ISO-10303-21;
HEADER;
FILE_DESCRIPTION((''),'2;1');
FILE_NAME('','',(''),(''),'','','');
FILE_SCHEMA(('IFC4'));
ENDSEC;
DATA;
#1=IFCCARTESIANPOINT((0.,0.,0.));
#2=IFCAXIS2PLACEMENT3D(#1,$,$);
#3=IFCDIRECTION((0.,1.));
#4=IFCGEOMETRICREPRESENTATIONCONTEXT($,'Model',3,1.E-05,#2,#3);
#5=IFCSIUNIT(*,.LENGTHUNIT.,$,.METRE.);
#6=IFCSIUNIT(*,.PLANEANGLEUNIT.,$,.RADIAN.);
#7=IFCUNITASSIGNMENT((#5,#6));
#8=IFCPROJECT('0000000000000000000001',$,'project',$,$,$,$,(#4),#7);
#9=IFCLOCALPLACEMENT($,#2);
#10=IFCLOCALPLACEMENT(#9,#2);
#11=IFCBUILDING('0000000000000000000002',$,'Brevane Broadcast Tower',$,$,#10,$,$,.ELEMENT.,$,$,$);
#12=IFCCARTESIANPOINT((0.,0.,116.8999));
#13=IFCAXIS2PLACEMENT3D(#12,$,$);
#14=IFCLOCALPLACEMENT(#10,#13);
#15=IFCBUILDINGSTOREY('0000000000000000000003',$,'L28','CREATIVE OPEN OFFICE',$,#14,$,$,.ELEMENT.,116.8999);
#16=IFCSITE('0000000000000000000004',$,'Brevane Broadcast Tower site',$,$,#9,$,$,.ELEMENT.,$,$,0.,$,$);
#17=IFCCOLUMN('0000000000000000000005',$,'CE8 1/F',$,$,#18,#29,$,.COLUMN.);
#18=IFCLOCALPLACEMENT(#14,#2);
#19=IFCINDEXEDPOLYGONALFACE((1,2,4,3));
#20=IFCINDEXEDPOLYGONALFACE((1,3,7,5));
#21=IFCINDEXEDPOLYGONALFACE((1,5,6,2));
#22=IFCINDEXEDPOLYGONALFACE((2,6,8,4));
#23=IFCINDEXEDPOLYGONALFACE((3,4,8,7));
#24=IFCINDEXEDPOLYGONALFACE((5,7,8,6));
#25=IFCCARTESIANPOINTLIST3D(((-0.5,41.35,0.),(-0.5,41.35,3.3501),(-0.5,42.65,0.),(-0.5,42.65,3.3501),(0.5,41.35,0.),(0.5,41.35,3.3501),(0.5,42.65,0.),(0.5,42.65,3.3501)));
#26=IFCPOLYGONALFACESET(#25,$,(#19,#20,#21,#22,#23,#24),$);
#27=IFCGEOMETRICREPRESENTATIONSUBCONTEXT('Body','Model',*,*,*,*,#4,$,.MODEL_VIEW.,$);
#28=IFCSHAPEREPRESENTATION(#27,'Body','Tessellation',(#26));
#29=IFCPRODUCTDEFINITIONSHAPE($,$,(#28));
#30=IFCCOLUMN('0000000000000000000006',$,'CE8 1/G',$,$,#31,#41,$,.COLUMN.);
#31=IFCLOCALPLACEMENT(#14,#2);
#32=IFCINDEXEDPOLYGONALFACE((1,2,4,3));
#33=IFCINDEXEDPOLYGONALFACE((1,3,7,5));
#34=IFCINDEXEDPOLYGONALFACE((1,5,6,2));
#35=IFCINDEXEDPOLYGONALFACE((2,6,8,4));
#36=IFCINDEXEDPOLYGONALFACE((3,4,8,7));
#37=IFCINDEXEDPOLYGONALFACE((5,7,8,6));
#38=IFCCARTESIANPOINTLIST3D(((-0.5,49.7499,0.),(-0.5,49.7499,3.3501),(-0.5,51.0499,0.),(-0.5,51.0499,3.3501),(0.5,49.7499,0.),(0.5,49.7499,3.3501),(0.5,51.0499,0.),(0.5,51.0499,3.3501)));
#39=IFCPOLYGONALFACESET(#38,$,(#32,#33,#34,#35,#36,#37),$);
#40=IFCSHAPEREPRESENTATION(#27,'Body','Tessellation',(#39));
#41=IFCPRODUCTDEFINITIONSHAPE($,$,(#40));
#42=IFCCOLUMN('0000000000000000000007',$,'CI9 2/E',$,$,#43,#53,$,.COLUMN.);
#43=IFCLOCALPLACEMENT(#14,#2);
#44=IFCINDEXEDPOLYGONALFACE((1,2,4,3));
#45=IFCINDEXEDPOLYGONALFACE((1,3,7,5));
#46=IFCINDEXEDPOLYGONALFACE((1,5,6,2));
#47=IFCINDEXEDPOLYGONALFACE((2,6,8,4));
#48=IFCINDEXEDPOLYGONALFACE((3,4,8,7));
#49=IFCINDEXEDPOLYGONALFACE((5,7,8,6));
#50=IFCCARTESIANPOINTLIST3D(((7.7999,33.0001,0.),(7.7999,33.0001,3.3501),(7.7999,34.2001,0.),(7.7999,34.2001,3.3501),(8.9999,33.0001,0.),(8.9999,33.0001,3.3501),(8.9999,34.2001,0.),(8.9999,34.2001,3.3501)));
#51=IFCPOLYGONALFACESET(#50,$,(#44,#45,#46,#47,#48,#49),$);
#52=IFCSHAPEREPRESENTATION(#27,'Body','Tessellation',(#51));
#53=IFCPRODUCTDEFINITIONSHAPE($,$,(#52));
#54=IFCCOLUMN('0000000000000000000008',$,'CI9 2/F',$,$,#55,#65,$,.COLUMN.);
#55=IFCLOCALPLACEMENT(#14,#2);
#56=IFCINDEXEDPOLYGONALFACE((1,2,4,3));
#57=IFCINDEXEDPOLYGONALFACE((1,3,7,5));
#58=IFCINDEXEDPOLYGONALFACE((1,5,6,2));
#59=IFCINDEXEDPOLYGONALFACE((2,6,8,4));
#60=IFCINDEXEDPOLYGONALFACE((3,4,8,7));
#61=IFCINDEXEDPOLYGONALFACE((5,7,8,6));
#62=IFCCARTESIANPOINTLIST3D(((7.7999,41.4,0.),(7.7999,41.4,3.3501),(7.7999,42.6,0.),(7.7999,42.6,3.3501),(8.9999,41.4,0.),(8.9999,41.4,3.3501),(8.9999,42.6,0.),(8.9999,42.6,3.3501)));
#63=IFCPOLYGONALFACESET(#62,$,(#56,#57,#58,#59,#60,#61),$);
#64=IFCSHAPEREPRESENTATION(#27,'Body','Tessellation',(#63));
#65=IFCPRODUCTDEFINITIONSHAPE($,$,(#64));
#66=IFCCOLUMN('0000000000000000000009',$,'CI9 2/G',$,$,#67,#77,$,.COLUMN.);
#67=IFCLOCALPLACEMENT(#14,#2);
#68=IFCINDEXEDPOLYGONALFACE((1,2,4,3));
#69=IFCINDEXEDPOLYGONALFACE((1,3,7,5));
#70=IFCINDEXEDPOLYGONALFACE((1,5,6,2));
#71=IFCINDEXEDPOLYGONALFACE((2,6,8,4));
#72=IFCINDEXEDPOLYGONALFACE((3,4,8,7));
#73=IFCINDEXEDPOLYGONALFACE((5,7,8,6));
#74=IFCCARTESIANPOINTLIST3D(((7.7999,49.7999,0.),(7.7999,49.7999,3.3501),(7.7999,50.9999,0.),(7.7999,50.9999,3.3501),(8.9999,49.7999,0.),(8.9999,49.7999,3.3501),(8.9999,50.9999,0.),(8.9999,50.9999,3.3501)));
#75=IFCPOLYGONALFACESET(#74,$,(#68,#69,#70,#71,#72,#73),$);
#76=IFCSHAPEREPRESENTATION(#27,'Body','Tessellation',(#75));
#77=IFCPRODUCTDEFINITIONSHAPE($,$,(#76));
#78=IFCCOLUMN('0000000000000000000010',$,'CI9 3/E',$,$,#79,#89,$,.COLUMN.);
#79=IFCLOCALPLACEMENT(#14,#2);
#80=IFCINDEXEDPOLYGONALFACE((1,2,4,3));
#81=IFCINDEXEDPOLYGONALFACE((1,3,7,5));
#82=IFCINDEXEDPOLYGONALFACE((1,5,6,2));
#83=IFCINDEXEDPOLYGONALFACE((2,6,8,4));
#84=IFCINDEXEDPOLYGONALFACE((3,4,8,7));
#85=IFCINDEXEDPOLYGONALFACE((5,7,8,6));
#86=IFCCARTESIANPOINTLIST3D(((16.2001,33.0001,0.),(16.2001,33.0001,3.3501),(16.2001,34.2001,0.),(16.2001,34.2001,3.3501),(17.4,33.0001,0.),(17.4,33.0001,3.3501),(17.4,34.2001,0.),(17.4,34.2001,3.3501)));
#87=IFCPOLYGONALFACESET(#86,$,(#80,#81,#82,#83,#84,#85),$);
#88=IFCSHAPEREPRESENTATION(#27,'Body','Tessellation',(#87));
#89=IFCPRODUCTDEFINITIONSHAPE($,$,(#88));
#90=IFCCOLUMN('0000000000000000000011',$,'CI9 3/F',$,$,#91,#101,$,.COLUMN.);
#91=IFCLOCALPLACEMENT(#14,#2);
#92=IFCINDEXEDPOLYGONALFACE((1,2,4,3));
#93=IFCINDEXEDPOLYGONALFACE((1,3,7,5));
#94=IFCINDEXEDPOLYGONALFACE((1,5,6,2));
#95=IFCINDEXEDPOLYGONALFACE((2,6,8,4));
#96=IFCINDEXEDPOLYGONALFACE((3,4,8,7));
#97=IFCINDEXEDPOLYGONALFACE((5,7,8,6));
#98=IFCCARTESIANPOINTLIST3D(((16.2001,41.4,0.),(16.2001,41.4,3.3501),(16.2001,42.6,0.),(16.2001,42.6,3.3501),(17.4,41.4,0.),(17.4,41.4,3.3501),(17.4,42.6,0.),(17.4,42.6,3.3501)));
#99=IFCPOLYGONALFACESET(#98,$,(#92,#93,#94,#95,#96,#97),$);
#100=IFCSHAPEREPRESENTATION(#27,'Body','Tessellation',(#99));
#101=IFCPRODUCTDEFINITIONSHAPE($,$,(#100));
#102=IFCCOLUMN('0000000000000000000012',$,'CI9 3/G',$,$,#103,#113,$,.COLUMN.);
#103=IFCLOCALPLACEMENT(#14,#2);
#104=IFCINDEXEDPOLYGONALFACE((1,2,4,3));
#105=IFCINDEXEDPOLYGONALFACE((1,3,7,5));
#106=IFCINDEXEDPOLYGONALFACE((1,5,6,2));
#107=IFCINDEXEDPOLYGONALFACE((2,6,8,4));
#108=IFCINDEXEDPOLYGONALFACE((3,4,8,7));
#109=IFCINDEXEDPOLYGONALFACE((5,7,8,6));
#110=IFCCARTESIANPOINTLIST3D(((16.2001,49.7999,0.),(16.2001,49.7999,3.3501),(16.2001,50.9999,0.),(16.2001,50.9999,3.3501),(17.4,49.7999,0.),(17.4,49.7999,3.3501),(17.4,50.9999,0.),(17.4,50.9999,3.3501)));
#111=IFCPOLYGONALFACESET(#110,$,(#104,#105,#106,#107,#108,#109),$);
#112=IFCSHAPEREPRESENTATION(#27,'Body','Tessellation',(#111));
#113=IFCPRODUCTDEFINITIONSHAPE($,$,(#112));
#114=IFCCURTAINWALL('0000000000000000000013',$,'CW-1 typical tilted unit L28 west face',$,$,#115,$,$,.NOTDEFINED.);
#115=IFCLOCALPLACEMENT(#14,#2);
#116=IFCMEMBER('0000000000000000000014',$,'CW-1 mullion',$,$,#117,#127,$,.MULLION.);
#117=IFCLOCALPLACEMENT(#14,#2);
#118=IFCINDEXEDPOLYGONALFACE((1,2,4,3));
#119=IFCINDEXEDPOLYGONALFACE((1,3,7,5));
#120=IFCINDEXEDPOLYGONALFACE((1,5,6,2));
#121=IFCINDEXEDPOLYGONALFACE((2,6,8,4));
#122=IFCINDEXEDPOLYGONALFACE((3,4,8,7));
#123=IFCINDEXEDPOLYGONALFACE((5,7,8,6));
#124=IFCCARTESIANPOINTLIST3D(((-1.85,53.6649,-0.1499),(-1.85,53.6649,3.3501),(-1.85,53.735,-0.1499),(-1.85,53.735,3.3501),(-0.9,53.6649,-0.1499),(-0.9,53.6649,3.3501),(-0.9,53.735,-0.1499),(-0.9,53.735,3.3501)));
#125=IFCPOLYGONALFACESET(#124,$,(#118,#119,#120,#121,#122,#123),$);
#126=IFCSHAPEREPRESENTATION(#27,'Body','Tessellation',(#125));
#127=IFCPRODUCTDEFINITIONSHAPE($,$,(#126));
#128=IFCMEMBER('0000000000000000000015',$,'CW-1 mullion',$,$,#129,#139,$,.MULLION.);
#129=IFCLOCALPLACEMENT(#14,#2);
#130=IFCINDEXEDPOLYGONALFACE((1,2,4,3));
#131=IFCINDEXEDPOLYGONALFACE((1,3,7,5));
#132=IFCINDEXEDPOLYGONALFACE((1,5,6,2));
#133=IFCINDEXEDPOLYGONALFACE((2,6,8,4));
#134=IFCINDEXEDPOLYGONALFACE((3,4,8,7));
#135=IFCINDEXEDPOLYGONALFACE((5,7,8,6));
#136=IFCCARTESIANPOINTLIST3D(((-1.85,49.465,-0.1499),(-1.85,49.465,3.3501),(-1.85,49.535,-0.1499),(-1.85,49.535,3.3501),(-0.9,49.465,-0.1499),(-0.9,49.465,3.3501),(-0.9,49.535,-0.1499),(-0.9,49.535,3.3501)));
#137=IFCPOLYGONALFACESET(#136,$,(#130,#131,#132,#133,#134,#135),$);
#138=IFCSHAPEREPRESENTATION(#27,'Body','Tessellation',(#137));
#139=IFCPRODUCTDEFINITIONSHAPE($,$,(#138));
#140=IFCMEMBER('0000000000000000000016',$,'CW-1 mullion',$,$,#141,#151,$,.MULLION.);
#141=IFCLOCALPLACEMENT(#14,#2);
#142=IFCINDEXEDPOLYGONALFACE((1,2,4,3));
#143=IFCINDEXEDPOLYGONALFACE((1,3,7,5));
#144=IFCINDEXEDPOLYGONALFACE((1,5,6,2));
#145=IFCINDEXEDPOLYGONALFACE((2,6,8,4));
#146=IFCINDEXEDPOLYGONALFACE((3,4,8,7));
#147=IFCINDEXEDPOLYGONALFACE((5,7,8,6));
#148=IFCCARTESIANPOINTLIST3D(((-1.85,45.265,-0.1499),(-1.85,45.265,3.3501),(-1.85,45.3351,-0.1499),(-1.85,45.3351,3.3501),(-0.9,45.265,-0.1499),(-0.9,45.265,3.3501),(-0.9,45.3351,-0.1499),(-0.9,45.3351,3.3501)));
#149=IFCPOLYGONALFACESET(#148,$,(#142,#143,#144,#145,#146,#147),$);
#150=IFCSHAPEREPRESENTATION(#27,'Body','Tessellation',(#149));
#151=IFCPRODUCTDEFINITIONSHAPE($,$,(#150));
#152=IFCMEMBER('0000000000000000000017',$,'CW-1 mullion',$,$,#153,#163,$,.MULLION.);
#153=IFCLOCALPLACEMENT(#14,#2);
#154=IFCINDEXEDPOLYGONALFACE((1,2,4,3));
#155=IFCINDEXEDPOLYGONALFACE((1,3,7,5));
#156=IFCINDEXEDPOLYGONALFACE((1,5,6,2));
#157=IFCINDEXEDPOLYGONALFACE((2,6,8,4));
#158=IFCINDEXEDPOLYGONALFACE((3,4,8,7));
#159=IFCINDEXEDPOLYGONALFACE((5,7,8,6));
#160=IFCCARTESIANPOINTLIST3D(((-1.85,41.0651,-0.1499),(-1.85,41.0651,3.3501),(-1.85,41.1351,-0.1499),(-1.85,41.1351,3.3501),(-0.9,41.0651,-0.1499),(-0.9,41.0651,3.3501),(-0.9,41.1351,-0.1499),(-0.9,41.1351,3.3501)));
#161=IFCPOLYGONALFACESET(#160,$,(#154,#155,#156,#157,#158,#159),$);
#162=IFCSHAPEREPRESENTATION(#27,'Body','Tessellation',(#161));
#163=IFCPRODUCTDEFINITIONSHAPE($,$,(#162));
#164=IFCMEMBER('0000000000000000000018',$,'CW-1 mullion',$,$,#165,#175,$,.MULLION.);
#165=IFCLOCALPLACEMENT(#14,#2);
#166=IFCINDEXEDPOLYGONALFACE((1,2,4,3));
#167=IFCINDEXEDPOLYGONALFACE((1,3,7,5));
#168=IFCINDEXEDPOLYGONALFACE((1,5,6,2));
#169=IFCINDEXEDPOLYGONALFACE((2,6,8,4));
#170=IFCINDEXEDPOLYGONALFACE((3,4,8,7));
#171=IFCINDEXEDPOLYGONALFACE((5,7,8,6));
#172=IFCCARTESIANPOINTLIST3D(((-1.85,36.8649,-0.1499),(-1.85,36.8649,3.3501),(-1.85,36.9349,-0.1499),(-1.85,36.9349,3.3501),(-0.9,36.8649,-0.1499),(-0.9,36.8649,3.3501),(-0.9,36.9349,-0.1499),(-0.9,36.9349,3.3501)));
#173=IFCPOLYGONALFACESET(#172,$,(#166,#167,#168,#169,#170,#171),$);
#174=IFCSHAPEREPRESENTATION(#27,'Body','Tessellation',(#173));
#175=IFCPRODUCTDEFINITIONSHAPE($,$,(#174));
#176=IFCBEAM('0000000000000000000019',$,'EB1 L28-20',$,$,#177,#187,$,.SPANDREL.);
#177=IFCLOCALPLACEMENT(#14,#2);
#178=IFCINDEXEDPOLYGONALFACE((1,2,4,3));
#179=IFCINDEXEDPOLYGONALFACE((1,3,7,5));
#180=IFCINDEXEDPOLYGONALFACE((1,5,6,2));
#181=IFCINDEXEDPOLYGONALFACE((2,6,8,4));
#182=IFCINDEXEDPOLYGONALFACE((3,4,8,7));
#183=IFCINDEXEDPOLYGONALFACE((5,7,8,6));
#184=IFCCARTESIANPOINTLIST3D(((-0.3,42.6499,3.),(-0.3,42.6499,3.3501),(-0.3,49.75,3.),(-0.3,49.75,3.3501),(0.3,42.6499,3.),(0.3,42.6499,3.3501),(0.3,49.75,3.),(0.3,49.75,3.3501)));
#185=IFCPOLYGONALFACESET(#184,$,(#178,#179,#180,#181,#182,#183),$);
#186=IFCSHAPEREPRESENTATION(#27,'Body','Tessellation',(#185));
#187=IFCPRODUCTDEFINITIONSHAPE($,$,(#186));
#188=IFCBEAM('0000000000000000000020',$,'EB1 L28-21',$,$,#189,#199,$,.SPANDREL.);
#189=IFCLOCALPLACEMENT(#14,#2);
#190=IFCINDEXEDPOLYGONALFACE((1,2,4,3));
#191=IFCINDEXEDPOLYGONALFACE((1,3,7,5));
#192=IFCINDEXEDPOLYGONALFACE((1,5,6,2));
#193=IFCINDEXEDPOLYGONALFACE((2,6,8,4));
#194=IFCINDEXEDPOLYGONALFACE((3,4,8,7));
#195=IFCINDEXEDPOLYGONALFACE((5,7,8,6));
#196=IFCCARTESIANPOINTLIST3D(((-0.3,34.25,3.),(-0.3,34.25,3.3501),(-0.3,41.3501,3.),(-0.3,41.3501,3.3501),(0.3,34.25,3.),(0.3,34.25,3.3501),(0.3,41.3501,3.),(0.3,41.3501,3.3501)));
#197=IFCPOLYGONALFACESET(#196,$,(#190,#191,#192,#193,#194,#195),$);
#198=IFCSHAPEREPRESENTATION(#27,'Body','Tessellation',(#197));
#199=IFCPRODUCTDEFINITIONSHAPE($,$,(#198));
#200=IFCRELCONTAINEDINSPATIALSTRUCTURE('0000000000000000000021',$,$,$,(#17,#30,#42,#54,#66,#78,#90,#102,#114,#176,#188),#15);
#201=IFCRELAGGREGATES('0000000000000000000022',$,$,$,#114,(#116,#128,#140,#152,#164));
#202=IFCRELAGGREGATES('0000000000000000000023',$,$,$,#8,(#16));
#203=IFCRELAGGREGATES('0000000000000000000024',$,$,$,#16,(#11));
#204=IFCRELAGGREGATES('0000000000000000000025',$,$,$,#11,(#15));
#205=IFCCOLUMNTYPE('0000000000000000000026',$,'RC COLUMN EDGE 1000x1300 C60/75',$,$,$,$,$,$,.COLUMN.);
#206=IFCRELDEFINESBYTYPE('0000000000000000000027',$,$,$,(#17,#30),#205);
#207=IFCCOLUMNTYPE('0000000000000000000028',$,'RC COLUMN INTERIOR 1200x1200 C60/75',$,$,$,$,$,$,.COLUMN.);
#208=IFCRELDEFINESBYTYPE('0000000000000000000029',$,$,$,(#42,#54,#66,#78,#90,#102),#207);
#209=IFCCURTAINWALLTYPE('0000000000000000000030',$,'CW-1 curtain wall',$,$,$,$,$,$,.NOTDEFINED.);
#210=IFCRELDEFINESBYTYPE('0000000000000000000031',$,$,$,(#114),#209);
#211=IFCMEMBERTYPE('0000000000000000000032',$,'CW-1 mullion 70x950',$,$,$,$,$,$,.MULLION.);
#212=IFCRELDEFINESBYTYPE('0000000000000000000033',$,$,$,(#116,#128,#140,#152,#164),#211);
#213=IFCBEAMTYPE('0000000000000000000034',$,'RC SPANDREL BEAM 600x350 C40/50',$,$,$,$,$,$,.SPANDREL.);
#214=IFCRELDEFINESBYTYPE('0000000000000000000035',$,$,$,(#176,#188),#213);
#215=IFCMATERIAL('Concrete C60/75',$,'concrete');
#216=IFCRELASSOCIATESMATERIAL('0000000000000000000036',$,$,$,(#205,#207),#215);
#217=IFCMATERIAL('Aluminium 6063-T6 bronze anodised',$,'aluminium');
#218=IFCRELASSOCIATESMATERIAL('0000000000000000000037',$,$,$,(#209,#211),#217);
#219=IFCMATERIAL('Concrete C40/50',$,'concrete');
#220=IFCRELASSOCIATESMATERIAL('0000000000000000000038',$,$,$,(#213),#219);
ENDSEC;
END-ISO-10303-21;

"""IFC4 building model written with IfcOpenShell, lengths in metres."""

from ifc_helpers import new_model, si_unit, direction, frame, origin, origin_2d, place, context, subcontext, project, spatial, rectangle, extrude, material, material_profile, profile_set, type_object, element, aggregate, save


model = new_model("IFC4")

# Units and contexts
model_context = context("Model", 3, precision=1e-05, world=origin(), true_north=direction((0.0, 1.0)))
body_context = subcontext(model_context, "Body", "Model", "MODEL_VIEW")
ifc_project = project(units=[si_unit("LENGTHUNIT", "METRE"), si_unit("PLANEANGLEUNIT", "RADIAN")], contexts=[model_context])

# Site, building, storey
site_placement = place(None, origin())
site = spatial("IfcSite", under=ifc_project, at=site_placement, Name="Brevane Broadcast Tower site", CompositionType="ELEMENT", RefElevation=0.0)
building_placement = place(site_placement, origin())
building = spatial("IfcBuilding", under=site, at=building_placement, Name="Brevane Broadcast Tower", CompositionType="ELEMENT")
storey_placement = place(building_placement, frame((0.0, 0.0, 116.8999)))
storey = spatial("IfcBuildingStorey", under=building, at=storey_placement, Name="L28", Description="CREATIVE OPEN OFFICE", CompositionType="ELEMENT", Elevation=116.8999)

# Columns
ifc_material_1 = material(Name="Concrete C60/75", Category="concrete")
ifc_material_profile_1 = material_profile(ifc_material_1, rectangle(XDim=1.0, YDim=1.3, at=origin_2d()), Name="RC 1000x1300")
ifc_profile_set_1 = profile_set([ifc_material_profile_1], Name="Concrete C60/75")
column_type_1 = type_object("IfcColumnType", Name="RC COLUMN EDGE 1000x1300 C60/75", PredefinedType="COLUMN", material=ifc_profile_set_1)
for number, where, z_axis, x_axis, name in (
    (1, (0.0, 42.0, 0.0), (0.0, 0.0, 1.0), (1.0, 0.0, 0.0), "CE8 1/F"),
    (2, (0.0, 50.3999, 0.0), (0.0, 0.0, 1.0), (1.0, 0.0, 0.0), "CE8 1/G"),
):
    element("IfcColumn", number, at=place(storey_placement, frame(where, z_axis=z_axis, x_axis=x_axis)), inside=storey, type_object=column_type_1, Name=name, PredefinedType="COLUMN", context=body_context, shape_type="SweptSolid", body=[
        extrude(rectangle(XDim=1.0, YDim=1.3, at=origin_2d()), origin(), (0.0, 0.0, 1.0), 3.3501),
    ])
ifc_material_profile_2 = material_profile(ifc_material_1, rectangle(XDim=1.2, YDim=1.2, at=origin_2d()), Name="RC 1200x1200")
ifc_profile_set_2 = profile_set([ifc_material_profile_2], Name="Concrete C60/75")
column_type_2 = type_object("IfcColumnType", Name="RC COLUMN INTERIOR 1200x1200 C60/75", PredefinedType="COLUMN", material=ifc_profile_set_2)
for number, where, z_axis, x_axis, name in (
    (3, (8.3999, 33.6001, 0.0), (0.0, 0.0, 1.0), (1.0, 0.0, 0.0), "CI9 2/E"),
    (4, (8.3999, 42.0, 0.0), (0.0, 0.0, 1.0), (1.0, 0.0, 0.0), "CI9 2/F"),
    (5, (8.3999, 50.3999, 0.0), (0.0, 0.0, 1.0), (1.0, 0.0, 0.0), "CI9 2/G"),
    (6, (16.8, 33.6001, 0.0), (0.0, 0.0, 1.0), (1.0, 0.0, 0.0), "CI9 3/E"),
    (7, (16.8, 42.0, 0.0), (0.0, 0.0, 1.0), (1.0, 0.0, 0.0), "CI9 3/F"),
    (8, (16.8, 50.3999, 0.0), (0.0, 0.0, 1.0), (1.0, 0.0, 0.0), "CI9 3/G"),
):
    element("IfcColumn", number, at=place(storey_placement, frame(where, z_axis=z_axis, x_axis=x_axis)), inside=storey, type_object=column_type_2, Name=name, PredefinedType="COLUMN", context=body_context, shape_type="SweptSolid", body=[
        extrude(rectangle(XDim=1.2, YDim=1.2, at=origin_2d()), origin(), (0.0, 0.0, 1.0), 3.3501),
    ])

# Curtain wall, members
ifc_material_2 = material(Name="Aluminium 6063-T6 bronze anodised", Category="aluminium")
curtain_wall_type = type_object("IfcCurtainWallType", Name="CW-1 curtain wall", PredefinedType="NOTDEFINED", material=ifc_material_2)
curtain_wall_placement = place(storey_placement, origin())
curtain_wall = element("IfcCurtainWall", 9, at=curtain_wall_placement, inside=storey, type_object=curtain_wall_type, Name="CW-1 typical tilted unit L28 west face", PredefinedType="NOTDEFINED")
ifc_material_profile_3 = material_profile(ifc_material_2, rectangle(XDim=0.95, YDim=0.0701, at=origin_2d()), Name="RECT 70x950")
ifc_profile_set_3 = profile_set([ifc_material_profile_3], Name="Aluminium 6063-T6 bronze anodised")
member_type = type_object("IfcMemberType", Name="CW-1 mullion 70x950", PredefinedType="MULLION", material=ifc_profile_set_3)
member_1_placement = place(storey_placement, frame((-1.375, 53.7, -0.1499), z_axis=(0.0, 0.0, 1.0), x_axis=(1.0, 0.0, 0.0)))
member_1 = element("IfcMember", 10, at=member_1_placement, type_object=member_type, Name="CW-1 mullion", PredefinedType="MULLION", context=body_context, shape_type="SweptSolid", body=[
    extrude(rectangle(XDim=0.95, YDim=0.0701, at=origin_2d()), origin(), (0.0, 0.0, 1.0), 3.5),
])
member_2_placement = place(storey_placement, frame((-1.375, 49.5, -0.1499), z_axis=(0.0, 0.0, 1.0), x_axis=(1.0, 0.0, 0.0)))
member_2 = element("IfcMember", 11, at=member_2_placement, type_object=member_type, Name="CW-1 mullion", PredefinedType="MULLION", context=body_context, shape_type="SweptSolid", body=[
    extrude(rectangle(XDim=0.95, YDim=0.0701, at=origin_2d()), origin(), (0.0, 0.0, 1.0), 3.5),
])
member_3_placement = place(storey_placement, frame((-1.375, 45.3, -0.1499), z_axis=(0.0, 0.0, 1.0), x_axis=(1.0, 0.0, 0.0)))
member_3 = element("IfcMember", 12, at=member_3_placement, type_object=member_type, Name="CW-1 mullion", PredefinedType="MULLION", context=body_context, shape_type="SweptSolid", body=[
    extrude(rectangle(XDim=0.95, YDim=0.0701, at=origin_2d()), origin(), (0.0, 0.0, 1.0), 3.5),
])
member_4_placement = place(storey_placement, frame((-1.375, 41.1001, -0.1499), z_axis=(0.0, 0.0, 1.0), x_axis=(1.0, 0.0, 0.0)))
member_4 = element("IfcMember", 13, at=member_4_placement, type_object=member_type, Name="CW-1 mullion", PredefinedType="MULLION", context=body_context, shape_type="SweptSolid", body=[
    extrude(rectangle(XDim=0.95, YDim=0.0701, at=origin_2d()), origin(), (0.0, 0.0, 1.0), 3.5),
])
member_5_placement = place(storey_placement, frame((-1.375, 36.8999, -0.1499), z_axis=(0.0, 0.0, 1.0), x_axis=(1.0, 0.0, 0.0)))
member_5 = element("IfcMember", 14, at=member_5_placement, type_object=member_type, Name="CW-1 mullion", PredefinedType="MULLION", context=body_context, shape_type="SweptSolid", body=[
    extrude(rectangle(XDim=0.95, YDim=0.0701, at=origin_2d()), origin(), (0.0, 0.0, 1.0), 3.5),
])
aggregate(curtain_wall, [member_1, member_2, member_3, member_4, member_5])

# Beams
ifc_material_3 = material(Name="Concrete C40/50", Category="concrete")
ifc_material_profile_4 = material_profile(ifc_material_3, rectangle(XDim=0.6001, YDim=0.3501, at=origin_2d()), Name="RC 600x350")
ifc_profile_set_4 = profile_set([ifc_material_profile_4], Name="Concrete C40/50")
beam_type = type_object("IfcBeamType", Name="RC SPANDREL BEAM 600x350 C40/50", PredefinedType="SPANDREL", material=ifc_profile_set_4)
for number, where, z_axis, x_axis, name in (
    (15, (0.0, 49.75, 3.175), (0.0, -1.0, 0.0), (1.0, 0.0, 0.0), "EB1 L28-20"),
    (16, (0.0, 41.3501, 3.175), (0.0, -1.0, 0.0), (1.0, 0.0, 0.0), "EB1 L28-21"),
):
    element("IfcBeam", number, at=place(storey_placement, frame(where, z_axis=z_axis, x_axis=x_axis)), inside=storey, type_object=beam_type, Name=name, PredefinedType="SPANDREL", context=body_context, shape_type="SweptSolid", body=[
        extrude(rectangle(XDim=0.6001, YDim=0.3501, at=origin_2d()), origin(), (0.0, 0.0, 1.0), 7.1001),
    ])

save(model, "model.ifc")
